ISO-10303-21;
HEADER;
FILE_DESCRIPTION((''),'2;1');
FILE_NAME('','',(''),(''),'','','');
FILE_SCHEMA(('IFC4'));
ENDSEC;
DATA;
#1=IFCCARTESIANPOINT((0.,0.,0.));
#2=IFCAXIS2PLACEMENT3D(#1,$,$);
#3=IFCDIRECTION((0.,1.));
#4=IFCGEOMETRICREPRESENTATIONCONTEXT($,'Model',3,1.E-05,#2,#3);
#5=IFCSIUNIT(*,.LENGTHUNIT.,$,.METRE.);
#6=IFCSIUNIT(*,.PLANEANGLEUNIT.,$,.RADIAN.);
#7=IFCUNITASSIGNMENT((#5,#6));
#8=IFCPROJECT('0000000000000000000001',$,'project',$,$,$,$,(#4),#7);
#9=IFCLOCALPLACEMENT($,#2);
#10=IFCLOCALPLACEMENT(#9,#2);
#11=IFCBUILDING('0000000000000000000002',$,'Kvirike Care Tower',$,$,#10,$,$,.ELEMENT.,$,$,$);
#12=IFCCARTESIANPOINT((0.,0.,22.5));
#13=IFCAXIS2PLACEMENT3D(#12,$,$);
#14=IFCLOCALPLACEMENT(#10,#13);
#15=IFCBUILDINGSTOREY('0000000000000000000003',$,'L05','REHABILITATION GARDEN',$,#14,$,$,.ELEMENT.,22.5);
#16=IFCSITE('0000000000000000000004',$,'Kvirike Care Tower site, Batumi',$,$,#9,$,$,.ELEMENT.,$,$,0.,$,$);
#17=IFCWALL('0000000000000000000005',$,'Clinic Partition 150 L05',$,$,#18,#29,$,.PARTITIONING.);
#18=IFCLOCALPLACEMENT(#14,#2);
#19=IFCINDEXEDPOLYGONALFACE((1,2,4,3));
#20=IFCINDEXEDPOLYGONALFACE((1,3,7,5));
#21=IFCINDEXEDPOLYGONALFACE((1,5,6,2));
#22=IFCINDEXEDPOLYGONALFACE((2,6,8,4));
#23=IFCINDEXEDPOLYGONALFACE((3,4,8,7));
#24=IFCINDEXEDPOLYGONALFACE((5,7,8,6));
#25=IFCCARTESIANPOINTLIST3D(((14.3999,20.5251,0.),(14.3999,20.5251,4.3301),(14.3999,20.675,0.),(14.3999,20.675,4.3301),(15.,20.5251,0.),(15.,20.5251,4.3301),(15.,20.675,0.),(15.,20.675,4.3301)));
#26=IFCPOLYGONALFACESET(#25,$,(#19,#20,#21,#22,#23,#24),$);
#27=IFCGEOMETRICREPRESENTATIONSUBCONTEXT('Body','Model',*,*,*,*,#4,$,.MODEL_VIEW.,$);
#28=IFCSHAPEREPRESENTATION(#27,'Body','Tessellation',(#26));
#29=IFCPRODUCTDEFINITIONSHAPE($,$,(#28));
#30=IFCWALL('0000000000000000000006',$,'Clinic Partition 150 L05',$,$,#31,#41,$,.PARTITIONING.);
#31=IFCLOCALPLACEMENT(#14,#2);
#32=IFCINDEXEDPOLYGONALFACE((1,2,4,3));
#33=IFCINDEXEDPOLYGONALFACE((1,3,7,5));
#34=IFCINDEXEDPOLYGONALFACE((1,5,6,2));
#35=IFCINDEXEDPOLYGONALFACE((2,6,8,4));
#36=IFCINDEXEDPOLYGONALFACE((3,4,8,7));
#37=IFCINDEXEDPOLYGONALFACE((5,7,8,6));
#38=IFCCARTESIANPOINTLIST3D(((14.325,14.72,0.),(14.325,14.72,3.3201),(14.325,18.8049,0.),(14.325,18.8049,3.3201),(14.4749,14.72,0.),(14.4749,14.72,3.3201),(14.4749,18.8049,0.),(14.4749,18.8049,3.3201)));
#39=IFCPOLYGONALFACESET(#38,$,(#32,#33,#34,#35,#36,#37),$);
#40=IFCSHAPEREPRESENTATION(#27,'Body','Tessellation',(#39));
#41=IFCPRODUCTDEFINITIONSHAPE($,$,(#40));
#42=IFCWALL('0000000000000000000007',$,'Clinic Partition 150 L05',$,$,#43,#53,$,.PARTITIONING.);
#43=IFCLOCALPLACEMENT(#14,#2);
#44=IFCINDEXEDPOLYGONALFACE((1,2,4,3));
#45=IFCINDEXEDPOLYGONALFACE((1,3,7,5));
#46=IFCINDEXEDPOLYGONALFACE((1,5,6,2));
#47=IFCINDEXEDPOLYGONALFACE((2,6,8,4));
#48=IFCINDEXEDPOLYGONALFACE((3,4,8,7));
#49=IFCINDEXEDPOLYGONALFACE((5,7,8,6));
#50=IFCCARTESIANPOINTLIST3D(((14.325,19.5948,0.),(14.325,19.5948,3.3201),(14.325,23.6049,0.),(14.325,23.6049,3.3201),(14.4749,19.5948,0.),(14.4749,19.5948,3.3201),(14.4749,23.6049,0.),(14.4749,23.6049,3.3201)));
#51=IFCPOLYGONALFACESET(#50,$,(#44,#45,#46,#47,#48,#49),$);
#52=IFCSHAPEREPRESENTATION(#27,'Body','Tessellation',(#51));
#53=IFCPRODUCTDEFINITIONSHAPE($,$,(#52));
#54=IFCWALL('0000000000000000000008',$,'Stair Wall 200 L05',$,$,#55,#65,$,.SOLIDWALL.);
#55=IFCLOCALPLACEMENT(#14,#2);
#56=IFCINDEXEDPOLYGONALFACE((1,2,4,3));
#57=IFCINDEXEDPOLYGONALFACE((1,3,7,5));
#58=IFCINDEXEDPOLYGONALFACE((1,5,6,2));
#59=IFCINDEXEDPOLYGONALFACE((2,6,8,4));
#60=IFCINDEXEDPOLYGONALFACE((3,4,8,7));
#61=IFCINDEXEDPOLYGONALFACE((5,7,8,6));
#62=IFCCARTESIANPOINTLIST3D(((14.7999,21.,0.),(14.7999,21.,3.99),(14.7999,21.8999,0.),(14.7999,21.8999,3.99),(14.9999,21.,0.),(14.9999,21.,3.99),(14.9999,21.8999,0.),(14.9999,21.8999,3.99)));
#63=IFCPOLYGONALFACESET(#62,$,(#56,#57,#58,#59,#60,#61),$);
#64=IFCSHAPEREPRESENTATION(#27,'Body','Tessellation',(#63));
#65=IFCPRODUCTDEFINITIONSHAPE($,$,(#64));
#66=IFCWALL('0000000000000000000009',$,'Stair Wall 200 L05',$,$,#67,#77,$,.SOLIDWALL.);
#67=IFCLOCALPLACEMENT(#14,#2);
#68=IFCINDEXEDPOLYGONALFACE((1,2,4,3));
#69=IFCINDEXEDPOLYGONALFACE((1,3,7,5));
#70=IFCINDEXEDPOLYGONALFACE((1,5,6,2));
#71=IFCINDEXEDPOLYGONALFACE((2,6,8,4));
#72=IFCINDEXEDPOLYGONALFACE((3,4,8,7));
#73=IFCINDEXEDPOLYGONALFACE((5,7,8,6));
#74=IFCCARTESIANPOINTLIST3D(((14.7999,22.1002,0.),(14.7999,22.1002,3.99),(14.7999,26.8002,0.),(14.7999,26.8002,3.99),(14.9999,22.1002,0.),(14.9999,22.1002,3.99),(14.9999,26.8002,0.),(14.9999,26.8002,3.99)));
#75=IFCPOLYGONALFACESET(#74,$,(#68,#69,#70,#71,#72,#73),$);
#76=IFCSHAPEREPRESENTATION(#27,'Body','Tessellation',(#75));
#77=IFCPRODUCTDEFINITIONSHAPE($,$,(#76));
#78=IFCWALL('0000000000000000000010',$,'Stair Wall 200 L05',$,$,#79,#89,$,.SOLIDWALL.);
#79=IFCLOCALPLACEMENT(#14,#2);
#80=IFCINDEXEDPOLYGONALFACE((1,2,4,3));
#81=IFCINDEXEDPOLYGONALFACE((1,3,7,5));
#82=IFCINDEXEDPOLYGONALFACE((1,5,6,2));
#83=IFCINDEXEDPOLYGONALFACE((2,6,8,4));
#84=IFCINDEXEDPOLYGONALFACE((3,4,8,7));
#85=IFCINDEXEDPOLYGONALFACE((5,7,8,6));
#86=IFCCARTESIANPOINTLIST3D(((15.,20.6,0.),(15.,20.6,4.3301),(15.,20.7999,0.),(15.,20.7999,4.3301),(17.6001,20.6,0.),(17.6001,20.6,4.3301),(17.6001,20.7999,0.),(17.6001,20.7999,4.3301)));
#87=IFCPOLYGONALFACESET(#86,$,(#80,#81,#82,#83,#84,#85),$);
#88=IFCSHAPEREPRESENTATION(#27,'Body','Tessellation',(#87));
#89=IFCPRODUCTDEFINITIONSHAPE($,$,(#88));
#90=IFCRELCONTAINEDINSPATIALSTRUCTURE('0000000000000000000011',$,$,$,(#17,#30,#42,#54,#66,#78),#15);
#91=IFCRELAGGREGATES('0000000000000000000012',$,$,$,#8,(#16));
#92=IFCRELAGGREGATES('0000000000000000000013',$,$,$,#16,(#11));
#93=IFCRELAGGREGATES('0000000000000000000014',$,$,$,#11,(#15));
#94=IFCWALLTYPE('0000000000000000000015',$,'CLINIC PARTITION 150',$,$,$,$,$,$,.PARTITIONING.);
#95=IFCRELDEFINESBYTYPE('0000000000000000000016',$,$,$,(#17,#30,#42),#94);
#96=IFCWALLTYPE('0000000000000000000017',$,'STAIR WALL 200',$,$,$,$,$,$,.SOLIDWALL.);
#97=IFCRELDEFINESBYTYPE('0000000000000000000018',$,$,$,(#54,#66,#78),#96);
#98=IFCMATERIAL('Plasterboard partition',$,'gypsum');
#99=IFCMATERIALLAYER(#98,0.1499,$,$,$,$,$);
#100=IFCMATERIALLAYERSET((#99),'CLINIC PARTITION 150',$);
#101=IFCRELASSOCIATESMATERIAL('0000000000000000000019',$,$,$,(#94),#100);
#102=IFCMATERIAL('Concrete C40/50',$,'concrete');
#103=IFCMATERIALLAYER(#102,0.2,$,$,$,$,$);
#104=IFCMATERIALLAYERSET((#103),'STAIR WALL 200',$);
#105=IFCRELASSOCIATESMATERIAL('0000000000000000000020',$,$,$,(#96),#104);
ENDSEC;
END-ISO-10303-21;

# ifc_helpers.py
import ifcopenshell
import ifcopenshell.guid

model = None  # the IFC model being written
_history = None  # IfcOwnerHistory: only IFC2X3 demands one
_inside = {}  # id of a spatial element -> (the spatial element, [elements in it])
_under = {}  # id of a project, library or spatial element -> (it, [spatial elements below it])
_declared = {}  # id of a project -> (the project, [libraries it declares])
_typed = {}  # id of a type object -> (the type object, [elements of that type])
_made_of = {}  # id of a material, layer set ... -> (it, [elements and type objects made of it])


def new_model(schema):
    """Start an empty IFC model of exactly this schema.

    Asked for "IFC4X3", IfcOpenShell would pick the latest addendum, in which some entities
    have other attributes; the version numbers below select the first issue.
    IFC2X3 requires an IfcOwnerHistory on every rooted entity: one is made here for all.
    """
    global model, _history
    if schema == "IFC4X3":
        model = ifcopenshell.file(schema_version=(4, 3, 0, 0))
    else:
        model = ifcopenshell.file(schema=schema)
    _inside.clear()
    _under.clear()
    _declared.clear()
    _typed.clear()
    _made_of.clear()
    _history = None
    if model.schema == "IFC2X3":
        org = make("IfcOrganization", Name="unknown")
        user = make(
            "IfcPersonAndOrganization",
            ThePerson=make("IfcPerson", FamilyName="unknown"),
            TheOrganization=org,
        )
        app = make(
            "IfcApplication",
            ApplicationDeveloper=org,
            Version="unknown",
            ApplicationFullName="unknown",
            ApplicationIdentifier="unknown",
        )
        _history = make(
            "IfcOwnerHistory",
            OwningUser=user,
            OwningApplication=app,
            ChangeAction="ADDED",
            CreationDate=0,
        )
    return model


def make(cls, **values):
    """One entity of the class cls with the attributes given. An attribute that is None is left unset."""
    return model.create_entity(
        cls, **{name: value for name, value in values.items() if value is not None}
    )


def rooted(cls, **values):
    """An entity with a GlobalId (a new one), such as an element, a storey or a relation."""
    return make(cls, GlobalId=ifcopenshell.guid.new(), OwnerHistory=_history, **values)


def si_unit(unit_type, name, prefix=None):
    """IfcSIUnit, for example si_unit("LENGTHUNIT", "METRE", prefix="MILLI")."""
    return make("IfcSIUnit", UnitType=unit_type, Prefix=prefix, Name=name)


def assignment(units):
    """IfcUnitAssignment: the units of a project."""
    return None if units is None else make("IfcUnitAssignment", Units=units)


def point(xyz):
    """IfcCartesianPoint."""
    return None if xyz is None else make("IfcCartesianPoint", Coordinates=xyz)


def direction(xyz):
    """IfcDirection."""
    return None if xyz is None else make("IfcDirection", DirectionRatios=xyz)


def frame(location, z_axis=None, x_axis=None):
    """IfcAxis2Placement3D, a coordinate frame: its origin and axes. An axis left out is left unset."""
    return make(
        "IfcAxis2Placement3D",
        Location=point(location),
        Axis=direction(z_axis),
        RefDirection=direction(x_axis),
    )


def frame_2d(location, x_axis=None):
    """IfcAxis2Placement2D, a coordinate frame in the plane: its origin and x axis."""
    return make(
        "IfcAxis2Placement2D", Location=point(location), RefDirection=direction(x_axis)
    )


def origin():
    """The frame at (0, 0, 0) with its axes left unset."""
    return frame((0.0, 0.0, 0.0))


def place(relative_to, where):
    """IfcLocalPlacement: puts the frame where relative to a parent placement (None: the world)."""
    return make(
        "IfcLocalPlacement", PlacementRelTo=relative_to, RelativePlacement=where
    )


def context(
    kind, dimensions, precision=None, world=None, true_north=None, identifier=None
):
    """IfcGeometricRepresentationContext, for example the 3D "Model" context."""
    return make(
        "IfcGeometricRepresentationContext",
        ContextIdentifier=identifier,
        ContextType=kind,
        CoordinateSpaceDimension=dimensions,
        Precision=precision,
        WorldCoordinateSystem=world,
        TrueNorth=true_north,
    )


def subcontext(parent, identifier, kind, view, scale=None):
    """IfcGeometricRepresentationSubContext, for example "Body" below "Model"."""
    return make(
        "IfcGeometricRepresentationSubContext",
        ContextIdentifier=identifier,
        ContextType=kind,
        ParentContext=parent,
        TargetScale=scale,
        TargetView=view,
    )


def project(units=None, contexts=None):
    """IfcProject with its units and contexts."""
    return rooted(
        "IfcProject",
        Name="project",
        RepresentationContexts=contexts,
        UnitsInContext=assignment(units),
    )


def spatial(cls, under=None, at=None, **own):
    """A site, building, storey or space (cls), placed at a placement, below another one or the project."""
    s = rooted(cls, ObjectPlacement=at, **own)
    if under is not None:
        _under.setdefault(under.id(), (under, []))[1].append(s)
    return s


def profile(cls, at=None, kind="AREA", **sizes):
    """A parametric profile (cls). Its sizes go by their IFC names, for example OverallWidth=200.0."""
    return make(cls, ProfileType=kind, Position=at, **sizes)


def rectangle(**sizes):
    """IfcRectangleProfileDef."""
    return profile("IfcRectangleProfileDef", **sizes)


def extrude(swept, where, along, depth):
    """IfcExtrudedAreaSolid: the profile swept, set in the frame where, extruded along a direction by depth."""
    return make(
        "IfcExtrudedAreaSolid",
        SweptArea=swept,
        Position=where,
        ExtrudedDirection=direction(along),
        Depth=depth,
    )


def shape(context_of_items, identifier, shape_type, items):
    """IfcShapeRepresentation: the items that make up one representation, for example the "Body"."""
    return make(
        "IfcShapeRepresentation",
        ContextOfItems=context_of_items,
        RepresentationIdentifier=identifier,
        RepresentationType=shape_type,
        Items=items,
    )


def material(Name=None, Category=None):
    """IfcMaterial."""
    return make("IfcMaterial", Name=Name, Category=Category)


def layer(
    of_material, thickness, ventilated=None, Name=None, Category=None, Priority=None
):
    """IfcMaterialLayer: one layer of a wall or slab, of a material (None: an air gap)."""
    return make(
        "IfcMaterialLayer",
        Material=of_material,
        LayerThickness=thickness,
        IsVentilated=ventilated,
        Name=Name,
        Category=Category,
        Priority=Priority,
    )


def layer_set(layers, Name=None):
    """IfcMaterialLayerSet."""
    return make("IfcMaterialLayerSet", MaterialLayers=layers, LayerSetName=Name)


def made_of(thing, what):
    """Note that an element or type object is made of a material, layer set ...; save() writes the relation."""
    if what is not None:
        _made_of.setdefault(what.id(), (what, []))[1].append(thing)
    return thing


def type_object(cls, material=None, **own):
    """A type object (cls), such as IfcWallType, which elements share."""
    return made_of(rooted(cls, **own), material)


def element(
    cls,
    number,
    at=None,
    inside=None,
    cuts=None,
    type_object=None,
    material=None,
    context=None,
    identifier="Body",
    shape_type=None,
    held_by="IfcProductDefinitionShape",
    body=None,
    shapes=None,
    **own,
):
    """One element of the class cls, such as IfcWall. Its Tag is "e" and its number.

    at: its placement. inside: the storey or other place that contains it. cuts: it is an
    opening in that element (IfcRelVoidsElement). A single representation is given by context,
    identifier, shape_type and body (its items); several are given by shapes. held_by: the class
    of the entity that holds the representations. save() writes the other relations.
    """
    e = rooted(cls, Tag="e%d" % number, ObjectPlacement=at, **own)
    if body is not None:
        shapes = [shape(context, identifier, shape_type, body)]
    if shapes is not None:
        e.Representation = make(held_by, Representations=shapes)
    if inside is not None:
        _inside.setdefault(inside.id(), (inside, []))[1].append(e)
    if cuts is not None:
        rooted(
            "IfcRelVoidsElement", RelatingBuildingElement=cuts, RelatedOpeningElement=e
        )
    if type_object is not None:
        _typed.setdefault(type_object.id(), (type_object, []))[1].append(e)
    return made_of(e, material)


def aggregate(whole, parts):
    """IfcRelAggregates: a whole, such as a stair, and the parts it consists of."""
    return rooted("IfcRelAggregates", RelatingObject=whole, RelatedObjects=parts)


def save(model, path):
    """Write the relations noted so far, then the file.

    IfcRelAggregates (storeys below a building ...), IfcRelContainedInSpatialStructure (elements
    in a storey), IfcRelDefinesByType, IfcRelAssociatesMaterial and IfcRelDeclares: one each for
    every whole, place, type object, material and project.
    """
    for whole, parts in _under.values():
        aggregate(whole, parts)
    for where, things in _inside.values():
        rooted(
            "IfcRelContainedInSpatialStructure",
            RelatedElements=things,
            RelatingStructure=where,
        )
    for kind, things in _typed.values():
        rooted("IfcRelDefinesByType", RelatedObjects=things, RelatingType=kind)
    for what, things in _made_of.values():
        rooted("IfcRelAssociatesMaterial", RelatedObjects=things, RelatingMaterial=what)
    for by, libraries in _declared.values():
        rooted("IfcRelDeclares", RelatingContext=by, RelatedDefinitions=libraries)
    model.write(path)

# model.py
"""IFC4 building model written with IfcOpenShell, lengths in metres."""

from ifc_helpers import new_model, si_unit, direction, frame, frame_2d, origin, place, context, subcontext, project, spatial, rectangle, extrude, material, layer, layer_set, type_object, element, save


model = new_model("IFC4")

# Units and contexts
model_context = context("Model", 3, precision=1e-05, world=origin(), true_north=direction((0.0, 1.0)))
body_context = subcontext(model_context, "Body", "Model", "MODEL_VIEW")
ifc_project = project(units=[si_unit("LENGTHUNIT", "METRE"), si_unit("PLANEANGLEUNIT", "RADIAN")], contexts=[model_context])

# Site, building, storey
site_placement = place(None, origin())
site = spatial("IfcSite", under=ifc_project, at=site_placement, Name="Kvirike Care Tower site, Batumi", CompositionType="ELEMENT", RefElevation=0.0)
building_placement = place(site_placement, origin())
building = spatial("IfcBuilding", under=site, at=building_placement, Name="Kvirike Care Tower", CompositionType="ELEMENT")
storey_placement = place(building_placement, frame((0.0, 0.0, 22.5)))
storey = spatial("IfcBuildingStorey", under=building, at=storey_placement, Name="L05", Description="REHABILITATION GARDEN", CompositionType="ELEMENT", Elevation=22.5)

# Walls
ifc_material_1 = material(Name="Plasterboard partition", Category="gypsum")
ifc_layer_1 = layer(ifc_material_1, 0.1499)
ifc_layer_set_1 = layer_set([ifc_layer_1], Name="CLINIC PARTITION 150")
wall_type_1 = type_object("IfcWallType", Name="CLINIC PARTITION 150", PredefinedType="PARTITIONING", material=ifc_layer_set_1)
wall_1_placement = place(storey_placement, frame((14.3999, 20.6001, 0.0), z_axis=(0.0, 0.0, 1.0), x_axis=(1.0, 0.0, 0.0)))
element("IfcWall", 1, at=wall_1_placement, inside=storey, type_object=wall_type_1, Name="Clinic Partition 150 L05", PredefinedType="PARTITIONING", context=body_context, shape_type="SweptSolid", body=[
    extrude(rectangle(XDim=0.6001, YDim=0.1499, at=frame_2d((0.3, 0.0))), origin(), (0.0, 0.0, 1.0), 4.3301),
])
wall_2_placement = place(storey_placement, frame((14.3999, 14.72, 0.0), z_axis=(0.0, 0.0, 1.0), x_axis=(0.0, 1.0, 0.0)))
element("IfcWall", 2, at=wall_2_placement, inside=storey, type_object=wall_type_1, Name="Clinic Partition 150 L05", PredefinedType="PARTITIONING", context=body_context, shape_type="SweptSolid", body=[
    extrude(rectangle(XDim=4.085, YDim=0.1499, at=frame_2d((2.0425, 0.0))), origin(), (0.0, 0.0, 1.0), 3.3201),
])
wall_3_placement = place(storey_placement, frame((14.3999, 19.595, 0.0), z_axis=(0.0, 0.0, 1.0), x_axis=(0.0, 1.0, 0.0)))
element("IfcWall", 3, at=wall_3_placement, inside=storey, type_object=wall_type_1, Name="Clinic Partition 150 L05", PredefinedType="PARTITIONING", context=body_context, shape_type="SweptSolid", body=[
    extrude(rectangle(XDim=4.01, YDim=0.1499, at=frame_2d((2.0049, 0.0))), origin(), (0.0, 0.0, 1.0), 3.3201),
])
ifc_material_2 = material(Name="Concrete C40/50", Category="concrete")
ifc_layer_2 = layer(ifc_material_2, 0.2)
ifc_layer_set_2 = layer_set([ifc_layer_2], Name="STAIR WALL 200")
wall_type_2 = type_object("IfcWallType", Name="STAIR WALL 200", PredefinedType="SOLIDWALL", material=ifc_layer_set_2)
wall_4_placement = place(storey_placement, frame((14.8999, 21.0, 0.0), z_axis=(0.0, 0.0, 1.0), x_axis=(0.0, 1.0, 0.0)))
element("IfcWall", 4, at=wall_4_placement, inside=storey, type_object=wall_type_2, Name="Stair Wall 200 L05", PredefinedType="SOLIDWALL", context=body_context, shape_type="SweptSolid", body=[
    extrude(rectangle(XDim=0.8999, YDim=0.2, at=frame_2d((0.45, 0.0))), origin(), (0.0, 0.0, 1.0), 3.99),
])
wall_5_placement = place(storey_placement, frame((14.8999, 22.1001, 0.0), z_axis=(0.0, 0.0, 1.0), x_axis=(0.0, 1.0, 0.0)))
element("IfcWall", 5, at=wall_5_placement, inside=storey, type_object=wall_type_2, Name="Stair Wall 200 L05", PredefinedType="SOLIDWALL", context=body_context, shape_type="SweptSolid", body=[
    extrude(rectangle(XDim=4.7, YDim=0.2, at=frame_2d((2.3501, 0.0))), origin(), (0.0, 0.0, 1.0), 3.99),
])
wall_6_placement = place(storey_placement, frame((15.0, 20.7, 0.0), z_axis=(0.0, 0.0, 1.0), x_axis=(1.0, 0.0, 0.0)))
element("IfcWall", 6, at=wall_6_placement, inside=storey, type_object=wall_type_2, Name="Stair Wall 200 L05", PredefinedType="SOLIDWALL", context=body_context, shape_type="SweptSolid", body=[
    extrude(rectangle(XDim=2.6001, YDim=0.2, at=frame_2d((1.3, 0.0))), origin(), (0.0, 0.0, 1.0), 4.3301),
])

save(model, "model.ifc")
